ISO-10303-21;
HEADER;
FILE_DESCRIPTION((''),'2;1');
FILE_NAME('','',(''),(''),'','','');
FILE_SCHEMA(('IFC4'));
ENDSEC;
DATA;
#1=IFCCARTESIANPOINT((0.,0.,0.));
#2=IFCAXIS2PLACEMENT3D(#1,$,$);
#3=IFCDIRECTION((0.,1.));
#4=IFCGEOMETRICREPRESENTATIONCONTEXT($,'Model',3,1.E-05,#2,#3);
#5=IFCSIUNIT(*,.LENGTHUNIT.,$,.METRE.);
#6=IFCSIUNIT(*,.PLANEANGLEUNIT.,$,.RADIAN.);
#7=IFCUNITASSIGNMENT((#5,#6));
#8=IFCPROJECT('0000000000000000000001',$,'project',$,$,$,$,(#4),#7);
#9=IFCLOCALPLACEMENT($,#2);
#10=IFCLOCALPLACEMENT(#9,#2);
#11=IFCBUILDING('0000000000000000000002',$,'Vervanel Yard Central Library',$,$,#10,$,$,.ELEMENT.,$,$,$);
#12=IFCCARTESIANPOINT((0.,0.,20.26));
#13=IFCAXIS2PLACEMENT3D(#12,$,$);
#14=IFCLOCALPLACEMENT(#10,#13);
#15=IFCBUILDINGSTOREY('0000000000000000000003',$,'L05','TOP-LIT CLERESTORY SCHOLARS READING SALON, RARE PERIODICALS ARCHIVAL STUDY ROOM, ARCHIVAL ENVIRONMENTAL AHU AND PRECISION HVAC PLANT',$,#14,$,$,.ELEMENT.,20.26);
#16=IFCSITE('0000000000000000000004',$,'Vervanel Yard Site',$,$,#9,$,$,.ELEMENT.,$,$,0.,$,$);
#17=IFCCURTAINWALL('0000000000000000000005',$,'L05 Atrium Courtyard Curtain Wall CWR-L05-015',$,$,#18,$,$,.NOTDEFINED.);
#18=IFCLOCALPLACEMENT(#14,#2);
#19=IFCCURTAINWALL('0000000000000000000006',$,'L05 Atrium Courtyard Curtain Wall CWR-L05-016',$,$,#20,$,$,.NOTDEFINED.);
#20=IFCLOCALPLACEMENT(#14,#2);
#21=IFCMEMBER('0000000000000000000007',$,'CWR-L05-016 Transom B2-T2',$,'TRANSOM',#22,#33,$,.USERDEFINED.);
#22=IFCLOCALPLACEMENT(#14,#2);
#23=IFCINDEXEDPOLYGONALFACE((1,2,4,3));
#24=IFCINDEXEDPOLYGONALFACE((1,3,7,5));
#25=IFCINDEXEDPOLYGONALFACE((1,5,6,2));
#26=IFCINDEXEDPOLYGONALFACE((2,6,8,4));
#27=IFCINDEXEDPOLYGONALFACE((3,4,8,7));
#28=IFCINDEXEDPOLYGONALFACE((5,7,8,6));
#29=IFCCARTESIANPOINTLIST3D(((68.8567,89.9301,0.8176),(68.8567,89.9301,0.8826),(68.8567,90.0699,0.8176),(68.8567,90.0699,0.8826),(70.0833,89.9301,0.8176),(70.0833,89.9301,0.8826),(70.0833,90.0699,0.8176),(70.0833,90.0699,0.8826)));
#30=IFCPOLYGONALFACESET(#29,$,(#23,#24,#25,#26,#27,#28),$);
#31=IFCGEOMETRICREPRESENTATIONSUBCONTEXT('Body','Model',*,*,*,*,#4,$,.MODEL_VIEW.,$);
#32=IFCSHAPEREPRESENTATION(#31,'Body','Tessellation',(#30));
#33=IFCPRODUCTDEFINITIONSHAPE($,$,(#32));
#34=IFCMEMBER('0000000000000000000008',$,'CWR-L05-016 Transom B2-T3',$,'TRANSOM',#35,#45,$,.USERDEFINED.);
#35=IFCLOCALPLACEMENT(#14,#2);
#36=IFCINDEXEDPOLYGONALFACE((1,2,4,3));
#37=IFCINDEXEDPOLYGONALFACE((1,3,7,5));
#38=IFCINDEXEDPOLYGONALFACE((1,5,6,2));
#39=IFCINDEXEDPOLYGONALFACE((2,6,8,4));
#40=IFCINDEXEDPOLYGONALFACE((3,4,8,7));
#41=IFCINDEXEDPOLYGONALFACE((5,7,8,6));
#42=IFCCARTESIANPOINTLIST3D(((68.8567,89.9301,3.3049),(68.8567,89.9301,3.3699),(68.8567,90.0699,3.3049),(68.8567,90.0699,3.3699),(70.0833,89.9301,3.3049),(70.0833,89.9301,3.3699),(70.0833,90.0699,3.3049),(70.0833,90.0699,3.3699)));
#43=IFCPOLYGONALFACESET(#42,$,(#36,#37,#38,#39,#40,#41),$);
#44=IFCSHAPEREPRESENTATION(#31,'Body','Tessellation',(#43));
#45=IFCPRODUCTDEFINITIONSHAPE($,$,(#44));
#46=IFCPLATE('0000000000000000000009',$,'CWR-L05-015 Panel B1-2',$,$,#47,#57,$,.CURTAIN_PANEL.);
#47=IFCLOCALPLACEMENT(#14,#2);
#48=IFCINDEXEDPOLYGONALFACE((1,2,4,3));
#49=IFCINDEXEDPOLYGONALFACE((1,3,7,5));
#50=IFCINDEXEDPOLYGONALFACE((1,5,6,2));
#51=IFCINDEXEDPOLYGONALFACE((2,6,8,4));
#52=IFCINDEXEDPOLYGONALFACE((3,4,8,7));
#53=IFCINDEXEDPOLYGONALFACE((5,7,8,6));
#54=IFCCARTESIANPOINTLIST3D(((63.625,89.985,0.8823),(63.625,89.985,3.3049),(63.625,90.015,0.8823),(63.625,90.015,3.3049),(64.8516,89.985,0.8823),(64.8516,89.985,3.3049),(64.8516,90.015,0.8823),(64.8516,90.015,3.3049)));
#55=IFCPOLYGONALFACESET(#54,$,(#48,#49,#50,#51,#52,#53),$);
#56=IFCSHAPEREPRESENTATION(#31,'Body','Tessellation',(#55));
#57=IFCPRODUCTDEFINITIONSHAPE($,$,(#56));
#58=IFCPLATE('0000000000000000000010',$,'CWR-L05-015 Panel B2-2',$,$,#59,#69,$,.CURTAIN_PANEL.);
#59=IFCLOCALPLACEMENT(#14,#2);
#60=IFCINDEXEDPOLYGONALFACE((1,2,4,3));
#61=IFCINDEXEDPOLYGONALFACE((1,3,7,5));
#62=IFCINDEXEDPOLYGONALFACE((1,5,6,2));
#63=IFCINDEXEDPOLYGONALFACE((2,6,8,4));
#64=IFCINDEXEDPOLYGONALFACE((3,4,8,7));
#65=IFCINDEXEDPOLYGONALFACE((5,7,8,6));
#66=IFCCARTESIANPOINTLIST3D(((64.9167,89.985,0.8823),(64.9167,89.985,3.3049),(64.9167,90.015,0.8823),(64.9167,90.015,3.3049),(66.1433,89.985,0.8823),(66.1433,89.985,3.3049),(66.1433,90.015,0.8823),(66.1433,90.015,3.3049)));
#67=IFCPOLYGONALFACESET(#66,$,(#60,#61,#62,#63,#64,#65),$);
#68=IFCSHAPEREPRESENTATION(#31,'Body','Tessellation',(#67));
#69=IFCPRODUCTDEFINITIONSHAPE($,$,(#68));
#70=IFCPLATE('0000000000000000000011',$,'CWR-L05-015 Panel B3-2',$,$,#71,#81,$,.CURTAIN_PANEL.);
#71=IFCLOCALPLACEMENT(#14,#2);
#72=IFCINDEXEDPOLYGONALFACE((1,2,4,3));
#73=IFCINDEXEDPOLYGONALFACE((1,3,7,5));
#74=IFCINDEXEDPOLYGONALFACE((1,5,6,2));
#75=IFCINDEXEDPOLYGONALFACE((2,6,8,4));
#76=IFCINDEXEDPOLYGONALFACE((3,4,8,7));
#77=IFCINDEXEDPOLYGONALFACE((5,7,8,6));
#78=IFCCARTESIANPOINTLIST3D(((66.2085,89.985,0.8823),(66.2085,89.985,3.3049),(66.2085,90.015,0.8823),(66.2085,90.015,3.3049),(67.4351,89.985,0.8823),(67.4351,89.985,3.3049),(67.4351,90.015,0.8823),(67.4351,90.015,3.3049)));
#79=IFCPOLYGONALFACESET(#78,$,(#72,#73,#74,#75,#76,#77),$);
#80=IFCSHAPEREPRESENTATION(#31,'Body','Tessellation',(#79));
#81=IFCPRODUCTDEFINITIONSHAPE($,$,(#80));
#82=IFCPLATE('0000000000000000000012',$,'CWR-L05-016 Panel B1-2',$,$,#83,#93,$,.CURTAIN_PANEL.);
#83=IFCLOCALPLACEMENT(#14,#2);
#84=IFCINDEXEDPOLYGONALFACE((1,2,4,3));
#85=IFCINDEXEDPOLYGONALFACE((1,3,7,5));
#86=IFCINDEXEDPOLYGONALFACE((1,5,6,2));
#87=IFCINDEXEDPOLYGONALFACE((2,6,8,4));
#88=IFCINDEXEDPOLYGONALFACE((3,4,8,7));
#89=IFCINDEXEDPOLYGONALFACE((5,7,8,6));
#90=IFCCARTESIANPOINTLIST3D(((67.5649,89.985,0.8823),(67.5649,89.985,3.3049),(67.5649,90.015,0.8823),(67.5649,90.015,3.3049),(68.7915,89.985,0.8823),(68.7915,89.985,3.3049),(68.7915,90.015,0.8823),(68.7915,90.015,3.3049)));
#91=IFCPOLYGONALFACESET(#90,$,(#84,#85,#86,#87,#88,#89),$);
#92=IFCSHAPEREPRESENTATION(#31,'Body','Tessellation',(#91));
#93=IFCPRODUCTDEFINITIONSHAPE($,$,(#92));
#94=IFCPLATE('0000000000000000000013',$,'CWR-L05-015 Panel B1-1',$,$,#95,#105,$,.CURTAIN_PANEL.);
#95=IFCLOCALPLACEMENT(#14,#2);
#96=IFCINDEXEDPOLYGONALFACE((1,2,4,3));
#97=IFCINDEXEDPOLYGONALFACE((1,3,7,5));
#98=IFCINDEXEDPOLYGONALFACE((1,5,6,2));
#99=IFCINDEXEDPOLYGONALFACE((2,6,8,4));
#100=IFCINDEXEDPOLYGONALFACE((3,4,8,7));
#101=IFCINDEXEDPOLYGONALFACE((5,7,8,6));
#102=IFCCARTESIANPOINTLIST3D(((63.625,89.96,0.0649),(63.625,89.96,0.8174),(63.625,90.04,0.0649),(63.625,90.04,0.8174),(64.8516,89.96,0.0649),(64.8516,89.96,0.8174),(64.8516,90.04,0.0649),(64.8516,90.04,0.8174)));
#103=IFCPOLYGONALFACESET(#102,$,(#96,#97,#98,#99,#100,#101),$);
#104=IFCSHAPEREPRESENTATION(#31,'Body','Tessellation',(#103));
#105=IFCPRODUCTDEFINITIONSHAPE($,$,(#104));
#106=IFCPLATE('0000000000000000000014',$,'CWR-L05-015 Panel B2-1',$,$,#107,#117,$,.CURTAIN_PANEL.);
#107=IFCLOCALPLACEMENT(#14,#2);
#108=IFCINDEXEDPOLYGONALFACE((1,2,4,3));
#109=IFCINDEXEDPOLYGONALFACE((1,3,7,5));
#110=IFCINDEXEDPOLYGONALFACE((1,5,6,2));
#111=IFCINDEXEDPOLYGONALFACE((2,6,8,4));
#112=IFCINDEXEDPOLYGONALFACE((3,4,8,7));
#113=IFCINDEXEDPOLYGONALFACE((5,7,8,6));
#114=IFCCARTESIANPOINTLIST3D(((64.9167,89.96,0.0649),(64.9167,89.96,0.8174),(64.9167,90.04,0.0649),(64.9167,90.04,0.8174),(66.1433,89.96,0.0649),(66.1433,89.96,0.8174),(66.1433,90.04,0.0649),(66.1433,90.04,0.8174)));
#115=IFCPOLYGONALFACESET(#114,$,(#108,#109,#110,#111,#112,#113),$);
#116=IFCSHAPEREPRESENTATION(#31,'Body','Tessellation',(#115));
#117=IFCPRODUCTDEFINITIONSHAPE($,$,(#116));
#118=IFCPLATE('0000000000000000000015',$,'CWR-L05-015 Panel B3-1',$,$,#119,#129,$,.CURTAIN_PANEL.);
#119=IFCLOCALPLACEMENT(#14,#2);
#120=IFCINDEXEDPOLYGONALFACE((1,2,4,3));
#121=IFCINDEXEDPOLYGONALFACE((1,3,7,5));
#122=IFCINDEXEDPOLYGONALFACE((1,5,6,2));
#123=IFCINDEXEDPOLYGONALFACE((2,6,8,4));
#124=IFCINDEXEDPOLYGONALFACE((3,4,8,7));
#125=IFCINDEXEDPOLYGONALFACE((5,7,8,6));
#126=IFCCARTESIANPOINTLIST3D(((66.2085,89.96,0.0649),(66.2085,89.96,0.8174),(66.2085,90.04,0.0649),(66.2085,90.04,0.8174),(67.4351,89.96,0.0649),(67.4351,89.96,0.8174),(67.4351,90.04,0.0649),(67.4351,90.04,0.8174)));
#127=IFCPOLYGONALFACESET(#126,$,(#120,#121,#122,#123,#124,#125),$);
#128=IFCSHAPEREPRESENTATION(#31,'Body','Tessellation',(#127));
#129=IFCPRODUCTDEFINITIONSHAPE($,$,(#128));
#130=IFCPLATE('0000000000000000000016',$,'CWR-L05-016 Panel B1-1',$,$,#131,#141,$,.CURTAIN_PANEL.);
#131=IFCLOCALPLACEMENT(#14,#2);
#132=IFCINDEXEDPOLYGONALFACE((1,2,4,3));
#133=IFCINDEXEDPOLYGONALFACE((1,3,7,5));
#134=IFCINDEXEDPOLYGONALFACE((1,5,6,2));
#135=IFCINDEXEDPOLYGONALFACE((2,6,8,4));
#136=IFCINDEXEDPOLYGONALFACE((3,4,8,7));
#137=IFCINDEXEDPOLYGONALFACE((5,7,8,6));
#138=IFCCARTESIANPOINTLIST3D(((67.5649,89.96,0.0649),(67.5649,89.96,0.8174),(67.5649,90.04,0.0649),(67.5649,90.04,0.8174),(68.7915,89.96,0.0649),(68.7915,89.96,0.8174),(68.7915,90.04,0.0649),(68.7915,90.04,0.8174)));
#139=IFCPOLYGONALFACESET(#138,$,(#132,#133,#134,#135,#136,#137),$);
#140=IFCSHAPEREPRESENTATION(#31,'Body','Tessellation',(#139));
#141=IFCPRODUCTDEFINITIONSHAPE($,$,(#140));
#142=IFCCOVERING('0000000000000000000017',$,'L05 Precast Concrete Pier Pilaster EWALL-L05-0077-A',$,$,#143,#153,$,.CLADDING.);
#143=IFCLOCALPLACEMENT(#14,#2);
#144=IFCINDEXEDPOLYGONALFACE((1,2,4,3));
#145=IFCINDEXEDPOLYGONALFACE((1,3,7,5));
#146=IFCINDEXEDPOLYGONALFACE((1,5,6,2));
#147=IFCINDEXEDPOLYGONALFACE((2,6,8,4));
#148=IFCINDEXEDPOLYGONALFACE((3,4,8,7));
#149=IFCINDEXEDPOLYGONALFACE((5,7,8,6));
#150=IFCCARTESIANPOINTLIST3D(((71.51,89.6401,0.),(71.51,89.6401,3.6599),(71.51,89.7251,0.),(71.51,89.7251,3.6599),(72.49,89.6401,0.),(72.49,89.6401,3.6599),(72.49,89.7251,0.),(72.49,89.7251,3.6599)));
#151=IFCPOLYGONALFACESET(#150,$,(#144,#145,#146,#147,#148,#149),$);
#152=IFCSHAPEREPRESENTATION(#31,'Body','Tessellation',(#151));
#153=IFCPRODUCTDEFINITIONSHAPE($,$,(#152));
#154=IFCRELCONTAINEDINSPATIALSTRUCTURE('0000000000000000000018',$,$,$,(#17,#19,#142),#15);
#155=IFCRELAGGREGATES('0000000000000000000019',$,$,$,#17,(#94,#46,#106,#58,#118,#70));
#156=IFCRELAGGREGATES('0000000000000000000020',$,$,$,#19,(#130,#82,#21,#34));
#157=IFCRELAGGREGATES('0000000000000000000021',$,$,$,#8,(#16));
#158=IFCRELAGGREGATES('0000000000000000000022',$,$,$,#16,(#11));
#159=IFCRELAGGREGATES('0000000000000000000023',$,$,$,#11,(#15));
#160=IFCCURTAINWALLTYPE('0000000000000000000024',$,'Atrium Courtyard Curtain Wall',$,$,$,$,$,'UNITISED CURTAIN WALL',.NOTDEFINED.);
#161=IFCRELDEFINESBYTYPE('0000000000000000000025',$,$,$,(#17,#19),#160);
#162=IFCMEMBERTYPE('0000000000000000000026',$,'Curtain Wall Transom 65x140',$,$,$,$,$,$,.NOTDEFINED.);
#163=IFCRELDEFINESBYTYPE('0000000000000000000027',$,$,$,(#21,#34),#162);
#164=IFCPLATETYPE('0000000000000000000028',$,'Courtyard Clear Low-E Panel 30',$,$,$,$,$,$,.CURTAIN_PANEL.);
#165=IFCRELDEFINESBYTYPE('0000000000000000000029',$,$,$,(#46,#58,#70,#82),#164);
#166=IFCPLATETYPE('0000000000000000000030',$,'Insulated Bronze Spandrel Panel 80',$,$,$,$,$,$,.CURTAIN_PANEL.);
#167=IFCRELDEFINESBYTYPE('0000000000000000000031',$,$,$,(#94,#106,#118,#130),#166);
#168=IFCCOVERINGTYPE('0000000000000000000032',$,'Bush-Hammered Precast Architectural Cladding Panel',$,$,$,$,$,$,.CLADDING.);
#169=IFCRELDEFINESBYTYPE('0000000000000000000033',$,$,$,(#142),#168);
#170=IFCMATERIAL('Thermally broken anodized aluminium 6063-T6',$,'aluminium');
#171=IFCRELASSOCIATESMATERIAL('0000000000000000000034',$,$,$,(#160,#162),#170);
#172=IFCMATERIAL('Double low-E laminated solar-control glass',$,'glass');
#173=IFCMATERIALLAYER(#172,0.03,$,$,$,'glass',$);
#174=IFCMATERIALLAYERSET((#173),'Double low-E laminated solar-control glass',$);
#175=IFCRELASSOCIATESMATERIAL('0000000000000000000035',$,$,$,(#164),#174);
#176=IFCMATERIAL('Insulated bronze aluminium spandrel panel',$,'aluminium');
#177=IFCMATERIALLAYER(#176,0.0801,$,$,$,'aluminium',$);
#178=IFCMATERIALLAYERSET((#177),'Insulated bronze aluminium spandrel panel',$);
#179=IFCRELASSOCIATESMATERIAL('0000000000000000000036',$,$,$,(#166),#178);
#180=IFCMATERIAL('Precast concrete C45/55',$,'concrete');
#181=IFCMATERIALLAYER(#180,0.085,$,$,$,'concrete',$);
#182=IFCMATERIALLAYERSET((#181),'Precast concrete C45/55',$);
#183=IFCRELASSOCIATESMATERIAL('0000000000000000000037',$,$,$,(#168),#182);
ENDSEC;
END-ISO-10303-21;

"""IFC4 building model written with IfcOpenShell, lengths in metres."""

from ifc_helpers import new_model, si_unit, direction, frame, origin, origin_2d, place, context, subcontext, project, spatial, rectangle, extrude, material, layer, layer_set, material_profile, profile_set, type_object, element, aggregate, save


model = new_model("IFC4")

# Units and contexts
model_context = context("Model", 3, precision=1e-05, world=origin(), true_north=direction((0.0, 1.0)))
body_context = subcontext(model_context, "Body", "Model", "MODEL_VIEW")
ifc_project = project(units=[si_unit("LENGTHUNIT", "METRE"), si_unit("PLANEANGLEUNIT", "RADIAN")], contexts=[model_context])

# Site, building, storey
site_placement = place(None, origin())
site = spatial("IfcSite", under=ifc_project, at=site_placement, Name="Vervanel Yard Site", CompositionType="ELEMENT", RefElevation=0.0)
building_placement = place(site_placement, origin())
building = spatial("IfcBuilding", under=site, at=building_placement, Name="Vervanel Yard Central Library", CompositionType="ELEMENT")
storey_placement = place(building_placement, frame((0.0, 0.0, 20.26)))
storey = spatial("IfcBuildingStorey", under=building, at=storey_placement, Name="L05", Description="TOP-LIT CLERESTORY SCHOLARS READING SALON, RARE PERIODICALS ARCHIVAL STUDY ROOM, ARCHIVAL ENVIRONMENTAL AHU AND PRECISION HVAC PLANT", CompositionType="ELEMENT", Elevation=20.26)

# Curtain walls
ifc_material_1 = material(Name="Thermally broken anodized aluminium 6063-T6", Category="aluminium")
curtain_wall_type = type_object("IfcCurtainWallType", Name="Atrium Courtyard Curtain Wall", ElementType="UNITISED CURTAIN WALL", PredefinedType="NOTDEFINED", material=ifc_material_1)
curtain_wall_1_placement = place(storey_placement, origin())
curtain_wall_1 = element("IfcCurtainWall", 1, at=curtain_wall_1_placement, inside=storey, type_object=curtain_wall_type, Name="L05 Atrium Courtyard Curtain Wall CWR-L05-015", PredefinedType="NOTDEFINED")
curtain_wall_2_placement = place(storey_placement, origin())
curtain_wall_2 = element("IfcCurtainWall", 2, at=curtain_wall_2_placement, inside=storey, type_object=curtain_wall_type, Name="L05 Atrium Courtyard Curtain Wall CWR-L05-016", PredefinedType="NOTDEFINED")

# Members
ifc_material_profile_1 = material_profile(ifc_material_1, rectangle(XDim=0.0649, YDim=0.1399, at=origin_2d()), Name="ALU 65x140", Category="aluminium")
ifc_profile_set_1 = profile_set([ifc_material_profile_1], Name="Thermally broken anodized aluminium 6063-T6")
member_type_1 = type_object("IfcMemberType", Name="Curtain Wall Transom 65x140", PredefinedType="NOTDEFINED", material=ifc_profile_set_1)
member_1_placement = place(storey_placement, frame((68.8567, 90.0, 0.8501), z_axis=(1.0, 0.0, 0.0), x_axis=(0.0, 0.0, 1.0)))
member_1 = element("IfcMember", 3, at=member_1_placement, type_object=member_type_1, Name="CWR-L05-016 Transom B2-T2", ObjectType="TRANSOM", PredefinedType="USERDEFINED", context=body_context, shape_type="SweptSolid", body=[
    extrude(rectangle(XDim=0.0649, YDim=0.1399, at=origin_2d()), origin(), (0.0, 0.0, 1.0), 1.2266),
])
member_2_placement = place(storey_placement, frame((68.8567, 90.0, 3.3374), z_axis=(1.0, 0.0, 0.0), x_axis=(0.0, 0.0, 1.0)))
member_2 = element("IfcMember", 4, at=member_2_placement, type_object=member_type_1, Name="CWR-L05-016 Transom B2-T3", ObjectType="TRANSOM", PredefinedType="USERDEFINED", context=body_context, shape_type="SweptSolid", body=[
    extrude(rectangle(XDim=0.0649, YDim=0.1399, at=origin_2d()), origin(), (0.0, 0.0, 1.0), 1.2266),
])

# Plates
ifc_material_2 = material(Name="Double low-E laminated solar-control glass", Category="glass")
ifc_layer_1 = layer(ifc_material_2, 0.03, Category="glass")
ifc_layer_set_1 = layer_set([ifc_layer_1], Name="Double low-E laminated solar-control glass")
plate_type_1 = type_object("IfcPlateType", Name="Courtyard Clear Low-E Panel 30", PredefinedType="CURTAIN_PANEL", material=ifc_layer_set_1)
plate_1_placement = place(storey_placement, frame((64.2383, 90.0, 0.8823), z_axis=(0.0, 0.0, 1.0), x_axis=(1.0, 0.0, 0.0)))
plate_1 = element("IfcPlate", 5, at=plate_1_placement, type_object=plate_type_1, Name="CWR-L05-015 Panel B1-2", PredefinedType="CURTAIN_PANEL", context=body_context, shape_type="SweptSolid", body=[
    extrude(rectangle(XDim=1.2266, YDim=0.03, at=origin_2d()), origin(), (0.0, 0.0, 1.0), 2.4226),
])
plate_2_placement = place(storey_placement, frame((65.53, 90.0, 0.8823), z_axis=(0.0, 0.0, 1.0), x_axis=(1.0, 0.0, 0.0)))
plate_2 = element("IfcPlate", 6, at=plate_2_placement, type_object=plate_type_1, Name="CWR-L05-015 Panel B2-2", PredefinedType="CURTAIN_PANEL", context=body_context, shape_type="SweptSolid", body=[
    extrude(rectangle(XDim=1.2266, YDim=0.03, at=origin_2d()), origin(), (0.0, 0.0, 1.0), 2.4226),
])
plate_3_placement = place(storey_placement, frame((66.8218, 90.0, 0.8823), z_axis=(0.0, 0.0, 1.0), x_axis=(1.0, 0.0, 0.0)))
plate_3 = element("IfcPlate", 7, at=plate_3_placement, type_object=plate_type_1, Name="CWR-L05-015 Panel B3-2", PredefinedType="CURTAIN_PANEL", context=body_context, shape_type="SweptSolid", body=[
    extrude(rectangle(XDim=1.2266, YDim=0.03, at=origin_2d()), origin(), (0.0, 0.0, 1.0), 2.4226),
])
plate_4_placement = place(storey_placement, frame((68.1782, 90.0, 0.8823), z_axis=(0.0, 0.0, 1.0), x_axis=(1.0, 0.0, 0.0)))
plate_4 = element("IfcPlate", 8, at=plate_4_placement, type_object=plate_type_1, Name="CWR-L05-016 Panel B1-2", PredefinedType="CURTAIN_PANEL", context=body_context, shape_type="SweptSolid", body=[
    extrude(rectangle(XDim=1.2266, YDim=0.03, at=origin_2d()), origin(), (0.0, 0.0, 1.0), 2.4226),
])
ifc_material_3 = material(Name="Insulated bronze aluminium spandrel panel", Category="aluminium")
ifc_layer_2 = layer(ifc_material_3, 0.0801, Category="aluminium")
ifc_layer_set_2 = layer_set([ifc_layer_2], Name="Insulated bronze aluminium spandrel panel")
plate_type_2 = type_object("IfcPlateType", Name="Insulated Bronze Spandrel Panel 80", PredefinedType="CURTAIN_PANEL", material=ifc_layer_set_2)
plate_5_placement = place(storey_placement, frame((64.2383, 90.0, 0.0649), z_axis=(0.0, 0.0, 1.0), x_axis=(1.0, 0.0, 0.0)))
plate_5 = element("IfcPlate", 9, at=plate_5_placement, type_object=plate_type_2, Name="CWR-L05-015 Panel B1-1", PredefinedType="CURTAIN_PANEL", context=body_context, shape_type="SweptSolid", body=[
    extrude(rectangle(XDim=1.2266, YDim=0.0801, at=origin_2d()), origin(), (0.0, 0.0, 1.0), 0.7524),
])
plate_6_placement = place(storey_placement, frame((65.53, 90.0, 0.0649), z_axis=(0.0, 0.0, 1.0), x_axis=(1.0, 0.0, 0.0)))
plate_6 = element("IfcPlate", 10, at=plate_6_placement, type_object=plate_type_2, Name="CWR-L05-015 Panel B2-1", PredefinedType="CURTAIN_PANEL", context=body_context, shape_type="SweptSolid", body=[
    extrude(rectangle(XDim=1.2266, YDim=0.0801, at=origin_2d()), origin(), (0.0, 0.0, 1.0), 0.7524),
])
plate_7_placement = place(storey_placement, frame((66.8218, 90.0, 0.0649), z_axis=(0.0, 0.0, 1.0), x_axis=(1.0, 0.0, 0.0)))
plate_7 = element("IfcPlate", 11, at=plate_7_placement, type_object=plate_type_2, Name="CWR-L05-015 Panel B3-1", PredefinedType="CURTAIN_PANEL", context=body_context, shape_type="SweptSolid", body=[
    extrude(rectangle(XDim=1.2266, YDim=0.0801, at=origin_2d()), origin(), (0.0, 0.0, 1.0), 0.7524),
])
aggregate(curtain_wall_1, [plate_5, plate_1, plate_6, plate_2, plate_7, plate_3])
plate_8_placement = place(storey_placement, frame((68.1782, 90.0, 0.0649), z_axis=(0.0, 0.0, 1.0), x_axis=(1.0, 0.0, 0.0)))
plate_8 = element("IfcPlate", 12, at=plate_8_placement, type_object=plate_type_2, Name="CWR-L05-016 Panel B1-1", PredefinedType="CURTAIN_PANEL", context=body_context, shape_type="SweptSolid", body=[
    extrude(rectangle(XDim=1.2266, YDim=0.0801, at=origin_2d()), origin(), (0.0, 0.0, 1.0), 0.7524),
])
aggregate(curtain_wall_2, [plate_8, plate_4, member_1, member_2])

# Covering
ifc_material_4 = material(Name="Precast concrete C45/55", Category="concrete")
ifc_layer_3 = layer(ifc_material_4, 0.085, Category="concrete")
ifc_layer_set_3 = layer_set([ifc_layer_3], Name="Precast concrete C45/55")
covering_type = type_object("IfcCoveringType", Name="Bush-Hammered Precast Architectural Cladding Panel", PredefinedType="CLADDING", material=ifc_layer_set_3)
covering_placement = place(storey_placement, frame((72.0, 89.6826, 0.0), z_axis=(0.0, 0.0, 1.0), x_axis=(1.0, 0.0, 0.0)))
element("IfcCovering", 13, at=covering_placement, inside=storey, type_object=covering_type, Name="L05 Precast Concrete Pier Pilaster EWALL-L05-0077-A", PredefinedType="CLADDING", context=body_context, shape_type="SweptSolid", body=[
    extrude(rectangle(XDim=0.98, YDim=0.085, at=origin_2d()), origin(), (0.0, 0.0, 1.0), 3.6599),
])

save(model, "model.ifc")
